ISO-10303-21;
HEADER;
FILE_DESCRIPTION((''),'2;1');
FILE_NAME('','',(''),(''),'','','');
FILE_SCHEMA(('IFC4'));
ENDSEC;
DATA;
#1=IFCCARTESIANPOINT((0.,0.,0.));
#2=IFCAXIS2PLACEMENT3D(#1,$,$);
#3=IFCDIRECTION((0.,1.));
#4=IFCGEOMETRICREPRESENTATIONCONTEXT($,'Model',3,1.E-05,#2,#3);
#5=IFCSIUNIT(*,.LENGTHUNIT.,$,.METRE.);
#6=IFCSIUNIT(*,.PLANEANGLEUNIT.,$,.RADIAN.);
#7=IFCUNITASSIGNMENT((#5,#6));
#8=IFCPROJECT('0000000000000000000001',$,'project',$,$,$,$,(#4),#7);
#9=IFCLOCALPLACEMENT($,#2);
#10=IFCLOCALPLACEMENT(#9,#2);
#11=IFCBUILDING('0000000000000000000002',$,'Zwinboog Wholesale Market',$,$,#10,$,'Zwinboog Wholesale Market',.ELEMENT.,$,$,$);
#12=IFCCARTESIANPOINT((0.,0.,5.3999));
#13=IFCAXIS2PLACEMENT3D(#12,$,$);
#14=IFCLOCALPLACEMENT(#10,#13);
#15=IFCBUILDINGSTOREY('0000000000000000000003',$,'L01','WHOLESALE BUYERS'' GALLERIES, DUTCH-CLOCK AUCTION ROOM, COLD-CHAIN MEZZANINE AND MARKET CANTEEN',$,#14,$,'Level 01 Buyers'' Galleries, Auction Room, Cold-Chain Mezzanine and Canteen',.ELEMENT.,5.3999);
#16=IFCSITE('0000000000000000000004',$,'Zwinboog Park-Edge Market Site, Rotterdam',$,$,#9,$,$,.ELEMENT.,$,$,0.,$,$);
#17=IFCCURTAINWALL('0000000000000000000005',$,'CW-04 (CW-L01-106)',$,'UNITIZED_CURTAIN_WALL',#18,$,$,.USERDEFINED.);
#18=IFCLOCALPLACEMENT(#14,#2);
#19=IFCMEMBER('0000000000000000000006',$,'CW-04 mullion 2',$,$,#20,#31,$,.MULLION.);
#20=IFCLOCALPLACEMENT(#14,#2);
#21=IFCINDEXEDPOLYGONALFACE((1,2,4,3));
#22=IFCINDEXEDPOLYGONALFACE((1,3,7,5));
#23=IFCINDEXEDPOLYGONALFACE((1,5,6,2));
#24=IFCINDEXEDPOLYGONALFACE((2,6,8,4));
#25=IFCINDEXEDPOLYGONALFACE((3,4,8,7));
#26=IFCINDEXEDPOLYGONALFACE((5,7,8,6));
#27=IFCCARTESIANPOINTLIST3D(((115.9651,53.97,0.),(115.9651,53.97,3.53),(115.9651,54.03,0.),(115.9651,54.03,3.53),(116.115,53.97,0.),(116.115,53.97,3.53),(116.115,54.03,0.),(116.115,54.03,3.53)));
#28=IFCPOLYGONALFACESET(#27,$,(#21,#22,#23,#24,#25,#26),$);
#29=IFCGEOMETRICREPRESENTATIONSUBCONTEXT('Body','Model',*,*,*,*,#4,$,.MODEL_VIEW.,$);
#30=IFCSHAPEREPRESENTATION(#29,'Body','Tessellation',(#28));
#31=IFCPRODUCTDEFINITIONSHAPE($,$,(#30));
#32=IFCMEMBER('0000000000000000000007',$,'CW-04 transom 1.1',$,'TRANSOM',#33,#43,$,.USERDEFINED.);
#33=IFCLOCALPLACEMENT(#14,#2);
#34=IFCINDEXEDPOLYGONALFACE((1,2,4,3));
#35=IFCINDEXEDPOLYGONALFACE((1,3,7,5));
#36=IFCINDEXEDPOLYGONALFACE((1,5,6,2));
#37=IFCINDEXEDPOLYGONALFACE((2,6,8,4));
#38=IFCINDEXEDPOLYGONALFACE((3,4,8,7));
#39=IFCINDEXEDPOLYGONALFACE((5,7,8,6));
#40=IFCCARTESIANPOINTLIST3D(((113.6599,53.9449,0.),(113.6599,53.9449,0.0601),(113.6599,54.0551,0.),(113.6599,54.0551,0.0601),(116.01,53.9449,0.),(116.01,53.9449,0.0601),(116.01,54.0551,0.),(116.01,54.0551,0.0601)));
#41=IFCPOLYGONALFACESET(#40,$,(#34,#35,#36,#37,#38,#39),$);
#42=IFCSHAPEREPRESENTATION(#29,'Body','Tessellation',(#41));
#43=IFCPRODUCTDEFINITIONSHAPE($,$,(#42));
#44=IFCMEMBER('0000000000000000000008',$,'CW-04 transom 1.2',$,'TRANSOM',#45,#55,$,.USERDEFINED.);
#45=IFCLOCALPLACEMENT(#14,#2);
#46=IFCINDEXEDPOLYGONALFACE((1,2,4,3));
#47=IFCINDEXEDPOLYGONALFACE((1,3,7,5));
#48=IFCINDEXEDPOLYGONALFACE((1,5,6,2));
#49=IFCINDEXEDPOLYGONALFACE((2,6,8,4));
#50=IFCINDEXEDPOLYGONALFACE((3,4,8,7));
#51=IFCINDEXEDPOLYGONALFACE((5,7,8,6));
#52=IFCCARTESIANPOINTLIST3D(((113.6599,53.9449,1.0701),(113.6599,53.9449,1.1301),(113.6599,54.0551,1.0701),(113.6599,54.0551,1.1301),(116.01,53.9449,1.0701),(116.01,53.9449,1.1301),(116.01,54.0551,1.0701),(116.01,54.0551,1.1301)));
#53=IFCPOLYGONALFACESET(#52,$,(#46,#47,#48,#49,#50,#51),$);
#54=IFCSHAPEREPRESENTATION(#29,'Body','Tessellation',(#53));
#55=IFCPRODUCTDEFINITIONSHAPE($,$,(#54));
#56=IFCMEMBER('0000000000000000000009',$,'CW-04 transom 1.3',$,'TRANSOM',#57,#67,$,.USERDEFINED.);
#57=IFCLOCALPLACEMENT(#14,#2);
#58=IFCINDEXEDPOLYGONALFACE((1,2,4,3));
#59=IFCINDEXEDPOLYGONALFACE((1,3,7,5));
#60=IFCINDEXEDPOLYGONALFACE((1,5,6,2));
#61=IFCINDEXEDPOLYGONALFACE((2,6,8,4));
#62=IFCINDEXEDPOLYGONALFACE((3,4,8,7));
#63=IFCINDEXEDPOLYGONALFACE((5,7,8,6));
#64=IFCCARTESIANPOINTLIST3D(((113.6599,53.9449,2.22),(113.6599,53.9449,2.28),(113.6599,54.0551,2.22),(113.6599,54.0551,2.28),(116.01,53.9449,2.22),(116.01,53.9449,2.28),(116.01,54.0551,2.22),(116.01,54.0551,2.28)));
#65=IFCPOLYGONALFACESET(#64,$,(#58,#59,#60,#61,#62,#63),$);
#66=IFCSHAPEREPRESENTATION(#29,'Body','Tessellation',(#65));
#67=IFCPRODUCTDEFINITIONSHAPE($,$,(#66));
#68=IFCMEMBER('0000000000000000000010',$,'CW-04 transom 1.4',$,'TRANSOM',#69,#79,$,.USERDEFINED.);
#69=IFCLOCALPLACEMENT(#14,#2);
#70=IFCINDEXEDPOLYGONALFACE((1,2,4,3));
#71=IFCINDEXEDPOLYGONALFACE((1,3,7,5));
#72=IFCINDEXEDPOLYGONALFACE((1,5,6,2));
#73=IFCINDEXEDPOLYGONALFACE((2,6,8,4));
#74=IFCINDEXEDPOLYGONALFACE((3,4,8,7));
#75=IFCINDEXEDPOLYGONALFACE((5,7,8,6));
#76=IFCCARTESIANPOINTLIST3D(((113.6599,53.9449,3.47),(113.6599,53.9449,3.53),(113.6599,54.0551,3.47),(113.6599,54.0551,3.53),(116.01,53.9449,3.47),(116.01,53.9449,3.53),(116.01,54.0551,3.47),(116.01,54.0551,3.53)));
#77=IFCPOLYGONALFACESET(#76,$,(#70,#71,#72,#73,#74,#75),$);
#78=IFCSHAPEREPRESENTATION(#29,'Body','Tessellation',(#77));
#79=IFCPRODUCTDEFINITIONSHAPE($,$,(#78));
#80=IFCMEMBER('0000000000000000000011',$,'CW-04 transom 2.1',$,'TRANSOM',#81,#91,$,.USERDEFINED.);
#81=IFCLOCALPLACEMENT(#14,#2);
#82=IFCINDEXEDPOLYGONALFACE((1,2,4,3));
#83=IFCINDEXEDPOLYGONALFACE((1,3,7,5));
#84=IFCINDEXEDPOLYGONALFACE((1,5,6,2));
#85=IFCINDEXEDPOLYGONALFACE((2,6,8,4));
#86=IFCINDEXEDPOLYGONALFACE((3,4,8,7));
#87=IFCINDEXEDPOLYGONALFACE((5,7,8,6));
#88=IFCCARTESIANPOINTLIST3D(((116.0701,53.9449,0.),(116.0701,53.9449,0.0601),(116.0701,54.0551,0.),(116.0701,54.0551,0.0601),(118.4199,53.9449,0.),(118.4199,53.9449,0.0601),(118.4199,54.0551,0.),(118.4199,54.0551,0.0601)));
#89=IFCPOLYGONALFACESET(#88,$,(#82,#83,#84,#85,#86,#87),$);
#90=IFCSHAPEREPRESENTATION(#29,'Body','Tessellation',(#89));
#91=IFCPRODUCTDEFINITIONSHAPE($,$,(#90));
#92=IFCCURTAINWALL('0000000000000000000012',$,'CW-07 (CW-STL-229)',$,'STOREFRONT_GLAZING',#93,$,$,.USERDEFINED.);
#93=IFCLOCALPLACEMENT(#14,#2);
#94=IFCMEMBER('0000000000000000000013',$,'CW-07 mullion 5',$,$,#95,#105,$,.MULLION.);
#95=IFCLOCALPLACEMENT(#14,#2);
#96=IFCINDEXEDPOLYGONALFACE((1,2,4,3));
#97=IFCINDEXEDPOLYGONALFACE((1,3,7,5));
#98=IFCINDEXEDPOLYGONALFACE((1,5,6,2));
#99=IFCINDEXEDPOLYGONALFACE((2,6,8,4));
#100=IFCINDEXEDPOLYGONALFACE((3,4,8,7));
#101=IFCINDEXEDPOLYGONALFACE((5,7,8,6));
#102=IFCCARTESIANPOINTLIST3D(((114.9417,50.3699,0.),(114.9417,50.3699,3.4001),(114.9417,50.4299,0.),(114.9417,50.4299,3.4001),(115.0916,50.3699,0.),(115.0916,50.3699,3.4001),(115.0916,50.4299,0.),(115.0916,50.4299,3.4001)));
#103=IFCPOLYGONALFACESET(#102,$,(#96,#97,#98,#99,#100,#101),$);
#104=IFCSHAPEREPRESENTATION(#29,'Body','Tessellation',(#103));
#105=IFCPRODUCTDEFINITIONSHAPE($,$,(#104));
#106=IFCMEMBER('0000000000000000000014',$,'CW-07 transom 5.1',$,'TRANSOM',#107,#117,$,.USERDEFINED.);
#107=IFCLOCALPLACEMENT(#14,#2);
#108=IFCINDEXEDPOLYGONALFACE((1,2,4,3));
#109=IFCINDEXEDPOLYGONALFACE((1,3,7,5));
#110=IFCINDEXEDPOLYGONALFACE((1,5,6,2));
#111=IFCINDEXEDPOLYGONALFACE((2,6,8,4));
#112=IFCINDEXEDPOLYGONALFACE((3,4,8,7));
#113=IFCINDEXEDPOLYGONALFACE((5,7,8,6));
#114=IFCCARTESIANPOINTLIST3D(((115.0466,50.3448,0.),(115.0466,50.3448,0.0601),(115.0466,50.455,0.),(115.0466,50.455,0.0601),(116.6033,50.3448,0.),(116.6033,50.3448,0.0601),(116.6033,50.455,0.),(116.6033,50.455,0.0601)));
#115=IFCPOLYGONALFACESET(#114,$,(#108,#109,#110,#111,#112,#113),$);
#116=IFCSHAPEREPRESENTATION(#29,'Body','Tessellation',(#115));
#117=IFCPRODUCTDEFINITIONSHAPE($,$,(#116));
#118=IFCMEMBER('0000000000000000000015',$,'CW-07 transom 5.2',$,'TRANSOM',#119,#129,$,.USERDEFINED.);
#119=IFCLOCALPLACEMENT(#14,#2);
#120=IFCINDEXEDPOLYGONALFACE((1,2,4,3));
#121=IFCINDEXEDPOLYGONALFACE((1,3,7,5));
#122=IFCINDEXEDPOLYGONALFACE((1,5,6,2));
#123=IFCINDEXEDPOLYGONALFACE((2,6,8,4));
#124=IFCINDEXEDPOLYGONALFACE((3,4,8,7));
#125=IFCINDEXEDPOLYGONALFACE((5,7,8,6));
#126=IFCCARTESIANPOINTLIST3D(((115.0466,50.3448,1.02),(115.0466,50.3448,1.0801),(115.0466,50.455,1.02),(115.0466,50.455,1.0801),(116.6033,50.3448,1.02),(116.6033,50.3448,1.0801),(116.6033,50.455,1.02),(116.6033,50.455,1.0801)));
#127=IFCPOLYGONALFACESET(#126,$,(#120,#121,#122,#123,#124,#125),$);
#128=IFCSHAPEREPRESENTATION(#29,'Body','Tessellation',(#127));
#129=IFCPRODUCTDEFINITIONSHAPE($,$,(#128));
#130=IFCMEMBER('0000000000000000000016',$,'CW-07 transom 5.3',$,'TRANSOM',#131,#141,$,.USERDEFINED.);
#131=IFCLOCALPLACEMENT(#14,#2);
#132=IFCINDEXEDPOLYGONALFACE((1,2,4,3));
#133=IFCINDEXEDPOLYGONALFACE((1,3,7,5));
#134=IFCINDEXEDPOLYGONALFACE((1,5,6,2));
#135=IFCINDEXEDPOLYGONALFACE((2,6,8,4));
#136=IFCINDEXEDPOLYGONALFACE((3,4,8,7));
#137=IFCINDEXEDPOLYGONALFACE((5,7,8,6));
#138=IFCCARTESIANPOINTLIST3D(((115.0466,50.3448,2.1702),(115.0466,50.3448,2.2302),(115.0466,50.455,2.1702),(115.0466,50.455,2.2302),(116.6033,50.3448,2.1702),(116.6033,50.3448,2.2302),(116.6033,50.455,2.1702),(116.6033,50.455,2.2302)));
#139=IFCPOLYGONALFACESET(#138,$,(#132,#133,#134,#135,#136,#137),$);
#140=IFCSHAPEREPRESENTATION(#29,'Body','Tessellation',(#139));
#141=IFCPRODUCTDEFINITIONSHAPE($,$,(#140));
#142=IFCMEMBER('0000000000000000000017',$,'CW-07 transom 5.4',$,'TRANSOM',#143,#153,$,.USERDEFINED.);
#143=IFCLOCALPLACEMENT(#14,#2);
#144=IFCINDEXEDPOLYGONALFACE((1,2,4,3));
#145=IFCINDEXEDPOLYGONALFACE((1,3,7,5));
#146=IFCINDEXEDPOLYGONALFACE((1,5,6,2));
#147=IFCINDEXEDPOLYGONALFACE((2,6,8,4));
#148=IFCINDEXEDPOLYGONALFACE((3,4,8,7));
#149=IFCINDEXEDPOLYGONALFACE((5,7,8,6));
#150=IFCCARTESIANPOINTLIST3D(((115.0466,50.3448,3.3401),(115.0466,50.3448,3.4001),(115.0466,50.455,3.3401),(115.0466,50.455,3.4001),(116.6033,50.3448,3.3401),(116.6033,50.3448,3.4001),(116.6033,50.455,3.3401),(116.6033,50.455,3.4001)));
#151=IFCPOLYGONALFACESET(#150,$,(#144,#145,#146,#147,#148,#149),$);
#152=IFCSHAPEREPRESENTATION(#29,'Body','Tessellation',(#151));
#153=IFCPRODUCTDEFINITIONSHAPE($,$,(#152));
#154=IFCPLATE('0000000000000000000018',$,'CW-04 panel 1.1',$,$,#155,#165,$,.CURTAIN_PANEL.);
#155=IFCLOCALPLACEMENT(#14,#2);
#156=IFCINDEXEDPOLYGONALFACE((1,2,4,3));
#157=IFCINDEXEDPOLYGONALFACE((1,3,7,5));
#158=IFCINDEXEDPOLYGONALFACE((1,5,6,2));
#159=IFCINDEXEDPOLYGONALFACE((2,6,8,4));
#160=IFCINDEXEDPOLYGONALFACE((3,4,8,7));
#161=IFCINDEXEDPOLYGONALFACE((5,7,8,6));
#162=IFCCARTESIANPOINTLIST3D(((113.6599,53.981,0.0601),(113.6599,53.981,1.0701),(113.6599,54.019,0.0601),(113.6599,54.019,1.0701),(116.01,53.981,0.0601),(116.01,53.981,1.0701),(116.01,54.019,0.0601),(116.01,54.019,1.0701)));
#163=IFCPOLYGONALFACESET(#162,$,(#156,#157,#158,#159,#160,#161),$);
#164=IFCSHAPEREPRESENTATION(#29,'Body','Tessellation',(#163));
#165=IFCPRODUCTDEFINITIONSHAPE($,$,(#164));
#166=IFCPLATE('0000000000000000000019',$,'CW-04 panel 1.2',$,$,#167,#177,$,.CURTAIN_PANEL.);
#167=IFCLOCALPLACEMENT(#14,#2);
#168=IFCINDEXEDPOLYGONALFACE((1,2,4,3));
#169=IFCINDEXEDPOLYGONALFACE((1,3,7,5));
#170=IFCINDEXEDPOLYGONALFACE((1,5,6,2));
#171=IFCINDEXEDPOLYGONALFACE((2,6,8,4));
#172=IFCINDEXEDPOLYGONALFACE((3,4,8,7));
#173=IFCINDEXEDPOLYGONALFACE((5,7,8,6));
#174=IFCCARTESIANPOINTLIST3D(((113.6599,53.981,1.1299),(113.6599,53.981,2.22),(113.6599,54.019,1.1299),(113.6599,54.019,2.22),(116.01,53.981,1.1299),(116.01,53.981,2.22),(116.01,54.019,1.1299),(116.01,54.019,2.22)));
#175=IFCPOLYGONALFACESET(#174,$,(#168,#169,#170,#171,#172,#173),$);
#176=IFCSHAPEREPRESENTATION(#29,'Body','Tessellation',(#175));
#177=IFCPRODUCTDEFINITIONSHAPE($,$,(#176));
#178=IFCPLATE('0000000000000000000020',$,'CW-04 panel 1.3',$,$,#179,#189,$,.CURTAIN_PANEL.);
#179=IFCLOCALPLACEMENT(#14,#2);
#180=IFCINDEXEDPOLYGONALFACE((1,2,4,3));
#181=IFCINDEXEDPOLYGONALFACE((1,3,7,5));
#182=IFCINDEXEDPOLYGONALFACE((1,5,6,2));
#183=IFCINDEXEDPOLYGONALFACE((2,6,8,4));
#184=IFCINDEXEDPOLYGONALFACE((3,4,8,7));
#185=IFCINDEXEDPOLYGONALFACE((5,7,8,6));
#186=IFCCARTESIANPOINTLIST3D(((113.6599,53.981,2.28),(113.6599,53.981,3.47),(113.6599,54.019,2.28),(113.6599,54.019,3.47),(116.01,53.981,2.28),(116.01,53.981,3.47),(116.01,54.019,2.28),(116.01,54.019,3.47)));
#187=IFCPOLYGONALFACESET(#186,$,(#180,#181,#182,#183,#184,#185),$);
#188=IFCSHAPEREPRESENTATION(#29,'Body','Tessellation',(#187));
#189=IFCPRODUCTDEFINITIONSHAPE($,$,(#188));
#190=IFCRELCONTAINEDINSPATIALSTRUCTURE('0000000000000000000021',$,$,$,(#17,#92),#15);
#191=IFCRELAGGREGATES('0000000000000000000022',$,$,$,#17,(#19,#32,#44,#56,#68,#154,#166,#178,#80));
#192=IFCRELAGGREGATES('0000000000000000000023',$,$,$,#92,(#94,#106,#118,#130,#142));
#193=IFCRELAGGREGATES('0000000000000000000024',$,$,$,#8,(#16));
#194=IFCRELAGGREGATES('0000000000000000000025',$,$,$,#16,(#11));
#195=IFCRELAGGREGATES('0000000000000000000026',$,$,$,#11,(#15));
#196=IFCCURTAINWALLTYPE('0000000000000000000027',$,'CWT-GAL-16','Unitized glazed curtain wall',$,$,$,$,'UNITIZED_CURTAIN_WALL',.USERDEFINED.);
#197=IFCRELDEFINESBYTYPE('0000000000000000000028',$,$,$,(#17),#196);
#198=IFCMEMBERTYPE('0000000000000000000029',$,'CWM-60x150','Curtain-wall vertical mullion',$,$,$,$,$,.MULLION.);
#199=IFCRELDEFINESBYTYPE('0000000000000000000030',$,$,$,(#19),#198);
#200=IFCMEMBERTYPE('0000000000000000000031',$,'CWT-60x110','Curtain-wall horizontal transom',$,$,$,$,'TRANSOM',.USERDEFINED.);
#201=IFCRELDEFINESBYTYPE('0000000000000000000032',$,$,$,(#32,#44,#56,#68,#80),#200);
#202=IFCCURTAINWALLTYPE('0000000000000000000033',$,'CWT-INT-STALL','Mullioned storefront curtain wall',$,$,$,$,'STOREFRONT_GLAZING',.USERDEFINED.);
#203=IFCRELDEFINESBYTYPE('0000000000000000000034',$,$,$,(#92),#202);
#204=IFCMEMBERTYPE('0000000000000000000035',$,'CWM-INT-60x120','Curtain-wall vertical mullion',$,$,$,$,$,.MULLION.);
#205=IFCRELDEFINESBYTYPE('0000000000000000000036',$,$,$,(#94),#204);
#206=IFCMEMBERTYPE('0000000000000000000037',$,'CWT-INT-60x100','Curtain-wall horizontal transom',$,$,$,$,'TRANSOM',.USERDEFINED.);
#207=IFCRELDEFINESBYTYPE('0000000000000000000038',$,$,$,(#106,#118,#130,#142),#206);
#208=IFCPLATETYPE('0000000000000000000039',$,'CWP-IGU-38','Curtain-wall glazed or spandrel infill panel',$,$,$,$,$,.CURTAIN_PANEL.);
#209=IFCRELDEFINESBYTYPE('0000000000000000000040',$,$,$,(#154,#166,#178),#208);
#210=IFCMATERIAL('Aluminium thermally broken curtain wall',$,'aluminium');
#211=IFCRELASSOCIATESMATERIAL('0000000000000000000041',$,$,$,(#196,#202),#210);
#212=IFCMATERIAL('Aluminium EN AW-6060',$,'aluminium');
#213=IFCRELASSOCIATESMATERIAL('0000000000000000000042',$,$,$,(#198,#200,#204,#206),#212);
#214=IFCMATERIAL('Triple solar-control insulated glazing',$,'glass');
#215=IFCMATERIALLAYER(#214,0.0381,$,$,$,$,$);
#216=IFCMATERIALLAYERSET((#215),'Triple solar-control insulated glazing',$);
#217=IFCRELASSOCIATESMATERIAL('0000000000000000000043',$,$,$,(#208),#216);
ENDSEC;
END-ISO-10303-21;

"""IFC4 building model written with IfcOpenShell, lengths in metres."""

from ifc_helpers import new_model, si_unit, direction, frame, origin, origin_2d, place, context, subcontext, project, spatial, rectangle, extrude, material, layer, layer_set, material_profile, profile_set, type_object, element, aggregate, save


model = new_model("IFC4")

# Units and contexts
model_context = context("Model", 3, precision=1e-05, world=origin(), true_north=direction((0.0, 1.0)))
body_context = subcontext(model_context, "Body", "Model", "MODEL_VIEW")
ifc_project = project(units=[si_unit("LENGTHUNIT", "METRE"), si_unit("PLANEANGLEUNIT", "RADIAN")], contexts=[model_context])

# Site, building, storey
site_placement = place(None, origin())
site = spatial("IfcSite", under=ifc_project, at=site_placement, Name="Zwinboog Park-Edge Market Site, Rotterdam", CompositionType="ELEMENT", RefElevation=0.0)
building_placement = place(site_placement, origin())
building = spatial("IfcBuilding", under=site, at=building_placement, Name="Zwinboog Wholesale Market", LongName="Zwinboog Wholesale Market", CompositionType="ELEMENT")
storey_placement = place(building_placement, frame((0.0, 0.0, 5.3999)))
storey = spatial("IfcBuildingStorey", under=building, at=storey_placement, Name="L01", Description="WHOLESALE BUYERS' GALLERIES, DUTCH-CLOCK AUCTION ROOM, COLD-CHAIN MEZZANINE AND MARKET CANTEEN", LongName="Level 01 Buyers' Galleries, Auction Room, Cold-Chain Mezzanine and Canteen", CompositionType="ELEMENT", Elevation=5.3999)

# Curtain walls, members
ifc_material_1 = material(Name="Aluminium thermally broken curtain wall", Category="aluminium")
curtain_wall_type_1 = type_object("IfcCurtainWallType", Name="CWT-GAL-16", Description="Unitized glazed curtain wall", ElementType="UNITIZED_CURTAIN_WALL", PredefinedType="USERDEFINED", material=ifc_material_1)
curtain_wall_1_placement = place(storey_placement, origin())
curtain_wall_1 = element("IfcCurtainWall", 1, at=curtain_wall_1_placement, inside=storey, type_object=curtain_wall_type_1, Name="CW-04 (CW-L01-106)", ObjectType="UNITIZED_CURTAIN_WALL", PredefinedType="USERDEFINED")
ifc_material_2 = material(Name="Aluminium EN AW-6060", Category="aluminium")
ifc_material_profile_1 = material_profile(ifc_material_2, rectangle(XDim=0.0601, YDim=0.1499, at=origin_2d()), Name="AL 60x150")
ifc_profile_set_1 = profile_set([ifc_material_profile_1], Name="Aluminium EN AW-6060")
member_type_1 = type_object("IfcMemberType", Name="CWM-60x150", Description="Curtain-wall vertical mullion", PredefinedType="MULLION", material=ifc_profile_set_1)
member_1_placement = place(storey_placement, frame((116.04, 54.0, 0.0), z_axis=(0.0, 0.0, 1.0), x_axis=(0.0, 1.0, 0.0)))
member_1 = element("IfcMember", 2, at=member_1_placement, type_object=member_type_1, Name="CW-04 mullion 2", PredefinedType="MULLION", context=body_context, shape_type="SweptSolid", body=[
    extrude(rectangle(XDim=0.0601, YDim=0.1499, at=origin_2d()), origin(), (0.0, 0.0, 1.0), 3.53),
])
ifc_material_profile_2 = material_profile(ifc_material_2, rectangle(XDim=0.1101, YDim=0.0601, at=origin_2d()), Name="AL 60x110")
ifc_profile_set_2 = profile_set([ifc_material_profile_2], Name="Aluminium EN AW-6060")
member_type_2 = type_object("IfcMemberType", Name="CWT-60x110", Description="Curtain-wall horizontal transom", ElementType="TRANSOM", PredefinedType="USERDEFINED", material=ifc_profile_set_2)
member_2_placement = place(storey_placement, frame((113.6599, 54.0, 0.03), z_axis=(1.0, 0.0, 0.0), x_axis=(0.0, 1.0, 0.0)))
member_2 = element("IfcMember", 3, at=member_2_placement, type_object=member_type_2, Name="CW-04 transom 1.1", ObjectType="TRANSOM", PredefinedType="USERDEFINED", context=body_context, shape_type="SweptSolid", body=[
    extrude(rectangle(XDim=0.1101, YDim=0.0601, at=origin_2d()), origin(), (0.0, 0.0, 1.0), 2.3501),
])
member_3_placement = place(storey_placement, frame((113.6599, 54.0, 1.1001), z_axis=(1.0, 0.0, 0.0), x_axis=(0.0, 1.0, 0.0)))
member_3 = element("IfcMember", 4, at=member_3_placement, type_object=member_type_2, Name="CW-04 transom 1.2", ObjectType="TRANSOM", PredefinedType="USERDEFINED", context=body_context, shape_type="SweptSolid", body=[
    extrude(rectangle(XDim=0.1101, YDim=0.0601, at=origin_2d()), origin(), (0.0, 0.0, 1.0), 2.3501),
])
member_4_placement = place(storey_placement, frame((113.6599, 54.0, 2.25), z_axis=(1.0, 0.0, 0.0), x_axis=(0.0, 1.0, 0.0)))
member_4 = element("IfcMember", 5, at=member_4_placement, type_object=member_type_2, Name="CW-04 transom 1.3", ObjectType="TRANSOM", PredefinedType="USERDEFINED", context=body_context, shape_type="SweptSolid", body=[
    extrude(rectangle(XDim=0.1101, YDim=0.0601, at=origin_2d()), origin(), (0.0, 0.0, 1.0), 2.3501),
])
member_5_placement = place(storey_placement, frame((113.6599, 54.0, 3.5), z_axis=(1.0, 0.0, 0.0), x_axis=(0.0, 1.0, 0.0)))
member_5 = element("IfcMember", 6, at=member_5_placement, type_object=member_type_2, Name="CW-04 transom 1.4", ObjectType="TRANSOM", PredefinedType="USERDEFINED", context=body_context, shape_type="SweptSolid", body=[
    extrude(rectangle(XDim=0.1101, YDim=0.0601, at=origin_2d()), origin(), (0.0, 0.0, 1.0), 2.3501),
])
member_6_placement = place(storey_placement, frame((116.0701, 54.0, 0.03), z_axis=(1.0, 0.0, 0.0), x_axis=(0.0, 1.0, 0.0)))
member_6 = element("IfcMember", 7, at=member_6_placement, type_object=member_type_2, Name="CW-04 transom 2.1", ObjectType="TRANSOM", PredefinedType="USERDEFINED", context=body_context, shape_type="SweptSolid", body=[
    extrude(rectangle(XDim=0.1101, YDim=0.0601, at=origin_2d()), origin(), (0.0, 0.0, 1.0), 2.3499),
])
curtain_wall_type_2 = type_object("IfcCurtainWallType", Name="CWT-INT-STALL", Description="Mullioned storefront curtain wall", ElementType="STOREFRONT_GLAZING", PredefinedType="USERDEFINED", material=ifc_material_1)
curtain_wall_2_placement = place(storey_placement, origin())
curtain_wall_2 = element("IfcCurtainWall", 8, at=curtain_wall_2_placement, inside=storey, type_object=curtain_wall_type_2, Name="CW-07 (CW-STL-229)", ObjectType="STOREFRONT_GLAZING", PredefinedType="USERDEFINED")
ifc_material_profile_3 = material_profile(ifc_material_2, rectangle(XDim=0.0601, YDim=0.1499, at=origin_2d()), Name="AL 60x150")
ifc_profile_set_3 = profile_set([ifc_material_profile_3], Name="Aluminium EN AW-6060")
member_type_3 = type_object("IfcMemberType", Name="CWM-INT-60x120", Description="Curtain-wall vertical mullion", PredefinedType="MULLION", material=ifc_profile_set_3)
member_7_placement = place(storey_placement, frame((115.0166, 50.3999, 0.0), z_axis=(0.0, 0.0, 1.0), x_axis=(0.0, 1.0, 0.0)))
member_7 = element("IfcMember", 9, at=member_7_placement, type_object=member_type_3, Name="CW-07 mullion 5", PredefinedType="MULLION", context=body_context, shape_type="SweptSolid", body=[
    extrude(rectangle(XDim=0.0601, YDim=0.1499, at=origin_2d()), origin(), (0.0, 0.0, 1.0), 3.4001),
])
ifc_material_profile_4 = material_profile(ifc_material_2, rectangle(XDim=0.1101, YDim=0.0601, at=origin_2d()), Name="AL 60x110")
ifc_profile_set_4 = profile_set([ifc_material_profile_4], Name="Aluminium EN AW-6060")
member_type_4 = type_object("IfcMemberType", Name="CWT-INT-60x100", Description="Curtain-wall horizontal transom", ElementType="TRANSOM", PredefinedType="USERDEFINED", material=ifc_profile_set_4)
member_8_placement = place(storey_placement, frame((115.0466, 50.3999, 0.03), z_axis=(1.0, 0.0, 0.0), x_axis=(0.0, 1.0, 0.0)))
member_8 = element("IfcMember", 10, at=member_8_placement, type_object=member_type_4, Name="CW-07 transom 5.1", ObjectType="TRANSOM", PredefinedType="USERDEFINED", context=body_context, shape_type="SweptSolid", body=[
    extrude(rectangle(XDim=0.1101, YDim=0.0601, at=origin_2d()), origin(), (0.0, 0.0, 1.0), 1.5566),
])
member_9_placement = place(storey_placement, frame((115.0466, 50.3999, 1.05), z_axis=(1.0, 0.0, 0.0), x_axis=(0.0, 1.0, 0.0)))
member_9 = element("IfcMember", 11, at=member_9_placement, type_object=member_type_4, Name="CW-07 transom 5.2", ObjectType="TRANSOM", PredefinedType="USERDEFINED", context=body_context, shape_type="SweptSolid", body=[
    extrude(rectangle(XDim=0.1101, YDim=0.0601, at=origin_2d()), origin(), (0.0, 0.0, 1.0), 1.5566),
])
member_10_placement = place(storey_placement, frame((115.0466, 50.3999, 2.2002), z_axis=(1.0, 0.0, 0.0), x_axis=(0.0, 1.0, 0.0)))
member_10 = element("IfcMember", 12, at=member_10_placement, type_object=member_type_4, Name="CW-07 transom 5.3", ObjectType="TRANSOM", PredefinedType="USERDEFINED", context=body_context, shape_type="SweptSolid", body=[
    extrude(rectangle(XDim=0.1101, YDim=0.0601, at=origin_2d()), origin(), (0.0, 0.0, 1.0), 1.5566),
])
member_11_placement = place(storey_placement, frame((115.0466, 50.3999, 3.3701), z_axis=(1.0, 0.0, 0.0), x_axis=(0.0, 1.0, 0.0)))
member_11 = element("IfcMember", 13, at=member_11_placement, type_object=member_type_4, Name="CW-07 transom 5.4", ObjectType="TRANSOM", PredefinedType="USERDEFINED", context=body_context, shape_type="SweptSolid", body=[
    extrude(rectangle(XDim=0.1101, YDim=0.0601, at=origin_2d()), origin(), (0.0, 0.0, 1.0), 1.5566),
])

# Plates
ifc_material_3 = material(Name="Triple solar-control insulated glazing", Category="glass")
ifc_layer_1 = layer(ifc_material_3, 0.0381)
ifc_layer_set_1 = layer_set([ifc_layer_1], Name="Triple solar-control insulated glazing")
plate_type_1 = type_object("IfcPlateType", Name="CWP-IGU-38", Description="Curtain-wall glazed or spandrel infill panel", PredefinedType="CURTAIN_PANEL", material=ifc_layer_set_1)
plate_1_placement = place(storey_placement, frame((114.835, 54.0, 0.0601), z_axis=(0.0, 0.0, 1.0), x_axis=(1.0, 0.0, 0.0)))
plate_1 = element("IfcPlate", 14, at=plate_1_placement, type_object=plate_type_1, Name="CW-04 panel 1.1", PredefinedType="CURTAIN_PANEL", context=body_context, shape_type="SweptSolid", body=[
    extrude(rectangle(XDim=2.3501, YDim=0.0381, at=origin_2d()), origin(), (0.0, 0.0, 1.0), 1.01),
])
plate_2_placement = place(storey_placement, frame((114.835, 54.0, 1.1299), z_axis=(0.0, 0.0, 1.0), x_axis=(1.0, 0.0, 0.0)))
plate_2 = element("IfcPlate", 15, at=plate_2_placement, type_object=plate_type_1, Name="CW-04 panel 1.2", PredefinedType="CURTAIN_PANEL", context=body_context, shape_type="SweptSolid", body=[
    extrude(rectangle(XDim=2.3501, YDim=0.0381, at=origin_2d()), origin(), (0.0, 0.0, 1.0), 1.0901),
])
plate_3_placement = place(storey_placement, frame((114.835, 54.0, 2.28), z_axis=(0.0, 0.0, 1.0), x_axis=(1.0, 0.0, 0.0)))
plate_3 = element("IfcPlate", 16, at=plate_3_placement, type_object=plate_type_1, Name="CW-04 panel 1.3", PredefinedType="CURTAIN_PANEL", context=body_context, shape_type="SweptSolid", body=[
    extrude(rectangle(XDim=2.3501, YDim=0.0381, at=origin_2d()), origin(), (0.0, 0.0, 1.0), 1.1899),
])
aggregate(curtain_wall_1, [member_1, member_2, member_3, member_4, member_5, plate_1, plate_2, plate_3, member_6])
aggregate(curtain_wall_2, [member_7, member_8, member_9, member_10, member_11])

save(model, "model.ifc")
